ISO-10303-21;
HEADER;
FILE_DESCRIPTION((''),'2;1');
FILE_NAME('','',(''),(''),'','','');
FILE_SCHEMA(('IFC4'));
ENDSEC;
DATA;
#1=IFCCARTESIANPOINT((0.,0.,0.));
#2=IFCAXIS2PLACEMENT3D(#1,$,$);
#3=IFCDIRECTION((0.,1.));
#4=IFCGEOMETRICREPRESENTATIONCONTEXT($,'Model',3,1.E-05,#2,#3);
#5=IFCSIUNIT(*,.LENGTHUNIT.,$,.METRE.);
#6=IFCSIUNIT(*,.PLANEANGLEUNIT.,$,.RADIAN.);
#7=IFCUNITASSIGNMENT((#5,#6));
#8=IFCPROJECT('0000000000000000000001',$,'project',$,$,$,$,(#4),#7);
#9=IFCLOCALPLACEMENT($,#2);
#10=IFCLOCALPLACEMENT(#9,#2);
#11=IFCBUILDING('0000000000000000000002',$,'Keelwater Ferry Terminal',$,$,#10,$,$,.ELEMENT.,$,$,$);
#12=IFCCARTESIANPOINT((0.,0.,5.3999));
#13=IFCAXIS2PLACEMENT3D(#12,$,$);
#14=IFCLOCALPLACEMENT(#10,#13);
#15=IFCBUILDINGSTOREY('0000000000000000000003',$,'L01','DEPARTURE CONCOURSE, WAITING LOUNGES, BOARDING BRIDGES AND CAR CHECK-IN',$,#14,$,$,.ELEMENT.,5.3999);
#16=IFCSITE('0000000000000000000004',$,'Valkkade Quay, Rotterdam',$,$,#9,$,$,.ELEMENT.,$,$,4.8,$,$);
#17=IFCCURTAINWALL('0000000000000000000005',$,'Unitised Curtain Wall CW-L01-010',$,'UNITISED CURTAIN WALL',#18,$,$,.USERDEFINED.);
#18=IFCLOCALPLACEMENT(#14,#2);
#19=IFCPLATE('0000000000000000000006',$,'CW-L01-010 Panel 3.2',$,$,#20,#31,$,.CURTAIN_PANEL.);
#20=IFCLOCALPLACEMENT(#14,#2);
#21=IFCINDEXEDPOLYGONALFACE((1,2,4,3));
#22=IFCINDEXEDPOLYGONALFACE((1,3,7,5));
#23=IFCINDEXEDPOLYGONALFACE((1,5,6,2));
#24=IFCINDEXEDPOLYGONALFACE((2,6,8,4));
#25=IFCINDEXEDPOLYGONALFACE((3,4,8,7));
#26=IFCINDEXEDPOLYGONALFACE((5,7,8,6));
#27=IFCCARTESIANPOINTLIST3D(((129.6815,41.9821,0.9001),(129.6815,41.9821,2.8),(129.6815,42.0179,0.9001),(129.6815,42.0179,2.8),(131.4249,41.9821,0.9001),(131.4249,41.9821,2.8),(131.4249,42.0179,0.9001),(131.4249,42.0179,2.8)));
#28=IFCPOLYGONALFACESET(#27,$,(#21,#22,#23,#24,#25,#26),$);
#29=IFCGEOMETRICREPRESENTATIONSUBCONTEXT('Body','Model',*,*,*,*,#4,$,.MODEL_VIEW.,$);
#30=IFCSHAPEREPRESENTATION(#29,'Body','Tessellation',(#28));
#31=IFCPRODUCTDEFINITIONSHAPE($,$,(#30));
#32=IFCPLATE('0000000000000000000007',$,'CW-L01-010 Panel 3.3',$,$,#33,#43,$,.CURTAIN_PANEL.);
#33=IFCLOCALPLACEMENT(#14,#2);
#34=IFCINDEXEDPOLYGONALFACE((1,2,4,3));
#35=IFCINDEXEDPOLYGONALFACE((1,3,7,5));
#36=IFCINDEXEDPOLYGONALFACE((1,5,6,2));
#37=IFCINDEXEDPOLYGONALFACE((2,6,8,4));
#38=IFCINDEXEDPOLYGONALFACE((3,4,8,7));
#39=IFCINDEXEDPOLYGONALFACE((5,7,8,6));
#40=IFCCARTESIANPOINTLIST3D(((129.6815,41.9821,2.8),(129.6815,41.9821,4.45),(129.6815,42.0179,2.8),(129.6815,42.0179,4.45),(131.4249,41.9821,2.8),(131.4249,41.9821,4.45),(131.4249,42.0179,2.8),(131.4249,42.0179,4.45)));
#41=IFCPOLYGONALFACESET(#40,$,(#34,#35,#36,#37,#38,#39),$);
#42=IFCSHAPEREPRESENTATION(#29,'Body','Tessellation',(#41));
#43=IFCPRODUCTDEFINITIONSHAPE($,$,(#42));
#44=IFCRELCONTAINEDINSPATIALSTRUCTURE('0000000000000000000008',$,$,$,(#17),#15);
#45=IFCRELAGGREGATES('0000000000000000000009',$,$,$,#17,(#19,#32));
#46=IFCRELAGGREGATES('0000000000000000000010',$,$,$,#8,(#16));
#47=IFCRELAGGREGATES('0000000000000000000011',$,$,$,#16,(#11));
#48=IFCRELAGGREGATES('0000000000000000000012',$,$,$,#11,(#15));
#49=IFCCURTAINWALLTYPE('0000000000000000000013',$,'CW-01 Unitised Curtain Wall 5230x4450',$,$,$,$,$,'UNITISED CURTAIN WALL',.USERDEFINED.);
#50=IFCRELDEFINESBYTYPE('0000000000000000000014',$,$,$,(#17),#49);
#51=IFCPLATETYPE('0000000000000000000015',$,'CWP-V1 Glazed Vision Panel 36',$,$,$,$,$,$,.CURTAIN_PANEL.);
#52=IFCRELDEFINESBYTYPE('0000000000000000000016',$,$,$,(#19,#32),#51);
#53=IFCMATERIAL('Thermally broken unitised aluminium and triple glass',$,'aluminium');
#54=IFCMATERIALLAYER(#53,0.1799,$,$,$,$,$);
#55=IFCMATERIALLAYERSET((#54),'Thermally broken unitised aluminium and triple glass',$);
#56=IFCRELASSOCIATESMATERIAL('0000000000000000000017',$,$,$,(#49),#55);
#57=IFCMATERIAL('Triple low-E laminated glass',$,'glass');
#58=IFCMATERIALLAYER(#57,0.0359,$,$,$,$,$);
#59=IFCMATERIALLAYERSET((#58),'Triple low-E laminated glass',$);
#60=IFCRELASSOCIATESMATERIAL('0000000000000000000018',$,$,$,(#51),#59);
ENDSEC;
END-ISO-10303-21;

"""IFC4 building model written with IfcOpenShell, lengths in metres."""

from ifc_helpers import new_model, si_unit, direction, frame, origin, origin_2d, place, context, subcontext, project, spatial, rectangle, extrude, material, layer, layer_set, type_object, element, aggregate, save


model = new_model("IFC4")

# Units and contexts
model_context = context("Model", 3, precision=1e-05, world=origin(), true_north=direction((0.0, 1.0)))
body_context = subcontext(model_context, "Body", "Model", "MODEL_VIEW")
ifc_project = project(units=[si_unit("LENGTHUNIT", "METRE"), si_unit("PLANEANGLEUNIT", "RADIAN")], contexts=[model_context])

# Site, building, storey
site_placement = place(None, origin())
site = spatial("IfcSite", under=ifc_project, at=site_placement, Name="Valkkade Quay, Rotterdam", CompositionType="ELEMENT", RefElevation=4.8)
building_placement = place(site_placement, origin())
building = spatial("IfcBuilding", under=site, at=building_placement, Name="Keelwater Ferry Terminal", CompositionType="ELEMENT")
storey_placement = place(building_placement, frame((0.0, 0.0, 5.3999)))
storey = spatial("IfcBuildingStorey", under=building, at=storey_placement, Name="L01", Description="DEPARTURE CONCOURSE, WAITING LOUNGES, BOARDING BRIDGES AND CAR CHECK-IN", CompositionType="ELEMENT", Elevation=5.3999)

# Curtain wall
ifc_material_1 = material(Name="Thermally broken unitised aluminium and triple glass", Category="aluminium")
ifc_layer_1 = layer(ifc_material_1, 0.1799)
ifc_layer_set_1 = layer_set([ifc_layer_1], Name="Thermally broken unitised aluminium and triple glass")
curtain_wall_type_1 = type_object("IfcCurtainWallType", Name="CW-01 Unitised Curtain Wall 5230x4450", ElementType="UNITISED CURTAIN WALL", PredefinedType="USERDEFINED", material=ifc_layer_set_1)
curtain_wall_1_placement = place(storey_placement, origin())
curtain_wall_1 = element("IfcCurtainWall", 1, at=curtain_wall_1_placement, inside=storey, type_object=curtain_wall_type_1, Name="Unitised Curtain Wall CW-L01-010", ObjectType="UNITISED CURTAIN WALL", PredefinedType="USERDEFINED")

# Plates
ifc_material_2 = material(Name="Triple low-E laminated glass", Category="glass")
ifc_layer_2 = layer(ifc_material_2, 0.0359)
ifc_layer_set_2 = layer_set([ifc_layer_2], Name="Triple low-E laminated glass")
plate_type_1 = type_object("IfcPlateType", Name="CWP-V1 Glazed Vision Panel 36", PredefinedType="CURTAIN_PANEL", material=ifc_layer_set_2)
plate_1_placement = place(storey_placement, frame((130.5532, 42.0, 0.9001), z_axis=(0.0, 0.0, 1.0), x_axis=(1.0, 0.0, 0.0)))
plate_1 = element("IfcPlate", 2, at=plate_1_placement, type_object=plate_type_1, Name="CW-L01-010 Panel 3.2", PredefinedType="CURTAIN_PANEL", context=body_context, shape_type="SweptSolid", body=[
    extrude(rectangle(XDim=1.7434, YDim=0.0359, at=origin_2d()), origin(), (0.0, 0.0, 1.0), 1.8999),
])
plate_2_placement = place(storey_placement, frame((130.5532, 42.0, 2.8), z_axis=(0.0, 0.0, 1.0), x_axis=(1.0, 0.0, 0.0)))
plate_2 = element("IfcPlate", 3, at=plate_2_placement, type_object=plate_type_1, Name="CW-L01-010 Panel 3.3", PredefinedType="CURTAIN_PANEL", context=body_context, shape_type="SweptSolid", body=[
    extrude(rectangle(XDim=1.7434, YDim=0.0359, at=origin_2d()), origin(), (0.0, 0.0, 1.0), 1.6499),
])
aggregate(curtain_wall_1, [plate_1, plate_2])

save(model, "model.ifc")
